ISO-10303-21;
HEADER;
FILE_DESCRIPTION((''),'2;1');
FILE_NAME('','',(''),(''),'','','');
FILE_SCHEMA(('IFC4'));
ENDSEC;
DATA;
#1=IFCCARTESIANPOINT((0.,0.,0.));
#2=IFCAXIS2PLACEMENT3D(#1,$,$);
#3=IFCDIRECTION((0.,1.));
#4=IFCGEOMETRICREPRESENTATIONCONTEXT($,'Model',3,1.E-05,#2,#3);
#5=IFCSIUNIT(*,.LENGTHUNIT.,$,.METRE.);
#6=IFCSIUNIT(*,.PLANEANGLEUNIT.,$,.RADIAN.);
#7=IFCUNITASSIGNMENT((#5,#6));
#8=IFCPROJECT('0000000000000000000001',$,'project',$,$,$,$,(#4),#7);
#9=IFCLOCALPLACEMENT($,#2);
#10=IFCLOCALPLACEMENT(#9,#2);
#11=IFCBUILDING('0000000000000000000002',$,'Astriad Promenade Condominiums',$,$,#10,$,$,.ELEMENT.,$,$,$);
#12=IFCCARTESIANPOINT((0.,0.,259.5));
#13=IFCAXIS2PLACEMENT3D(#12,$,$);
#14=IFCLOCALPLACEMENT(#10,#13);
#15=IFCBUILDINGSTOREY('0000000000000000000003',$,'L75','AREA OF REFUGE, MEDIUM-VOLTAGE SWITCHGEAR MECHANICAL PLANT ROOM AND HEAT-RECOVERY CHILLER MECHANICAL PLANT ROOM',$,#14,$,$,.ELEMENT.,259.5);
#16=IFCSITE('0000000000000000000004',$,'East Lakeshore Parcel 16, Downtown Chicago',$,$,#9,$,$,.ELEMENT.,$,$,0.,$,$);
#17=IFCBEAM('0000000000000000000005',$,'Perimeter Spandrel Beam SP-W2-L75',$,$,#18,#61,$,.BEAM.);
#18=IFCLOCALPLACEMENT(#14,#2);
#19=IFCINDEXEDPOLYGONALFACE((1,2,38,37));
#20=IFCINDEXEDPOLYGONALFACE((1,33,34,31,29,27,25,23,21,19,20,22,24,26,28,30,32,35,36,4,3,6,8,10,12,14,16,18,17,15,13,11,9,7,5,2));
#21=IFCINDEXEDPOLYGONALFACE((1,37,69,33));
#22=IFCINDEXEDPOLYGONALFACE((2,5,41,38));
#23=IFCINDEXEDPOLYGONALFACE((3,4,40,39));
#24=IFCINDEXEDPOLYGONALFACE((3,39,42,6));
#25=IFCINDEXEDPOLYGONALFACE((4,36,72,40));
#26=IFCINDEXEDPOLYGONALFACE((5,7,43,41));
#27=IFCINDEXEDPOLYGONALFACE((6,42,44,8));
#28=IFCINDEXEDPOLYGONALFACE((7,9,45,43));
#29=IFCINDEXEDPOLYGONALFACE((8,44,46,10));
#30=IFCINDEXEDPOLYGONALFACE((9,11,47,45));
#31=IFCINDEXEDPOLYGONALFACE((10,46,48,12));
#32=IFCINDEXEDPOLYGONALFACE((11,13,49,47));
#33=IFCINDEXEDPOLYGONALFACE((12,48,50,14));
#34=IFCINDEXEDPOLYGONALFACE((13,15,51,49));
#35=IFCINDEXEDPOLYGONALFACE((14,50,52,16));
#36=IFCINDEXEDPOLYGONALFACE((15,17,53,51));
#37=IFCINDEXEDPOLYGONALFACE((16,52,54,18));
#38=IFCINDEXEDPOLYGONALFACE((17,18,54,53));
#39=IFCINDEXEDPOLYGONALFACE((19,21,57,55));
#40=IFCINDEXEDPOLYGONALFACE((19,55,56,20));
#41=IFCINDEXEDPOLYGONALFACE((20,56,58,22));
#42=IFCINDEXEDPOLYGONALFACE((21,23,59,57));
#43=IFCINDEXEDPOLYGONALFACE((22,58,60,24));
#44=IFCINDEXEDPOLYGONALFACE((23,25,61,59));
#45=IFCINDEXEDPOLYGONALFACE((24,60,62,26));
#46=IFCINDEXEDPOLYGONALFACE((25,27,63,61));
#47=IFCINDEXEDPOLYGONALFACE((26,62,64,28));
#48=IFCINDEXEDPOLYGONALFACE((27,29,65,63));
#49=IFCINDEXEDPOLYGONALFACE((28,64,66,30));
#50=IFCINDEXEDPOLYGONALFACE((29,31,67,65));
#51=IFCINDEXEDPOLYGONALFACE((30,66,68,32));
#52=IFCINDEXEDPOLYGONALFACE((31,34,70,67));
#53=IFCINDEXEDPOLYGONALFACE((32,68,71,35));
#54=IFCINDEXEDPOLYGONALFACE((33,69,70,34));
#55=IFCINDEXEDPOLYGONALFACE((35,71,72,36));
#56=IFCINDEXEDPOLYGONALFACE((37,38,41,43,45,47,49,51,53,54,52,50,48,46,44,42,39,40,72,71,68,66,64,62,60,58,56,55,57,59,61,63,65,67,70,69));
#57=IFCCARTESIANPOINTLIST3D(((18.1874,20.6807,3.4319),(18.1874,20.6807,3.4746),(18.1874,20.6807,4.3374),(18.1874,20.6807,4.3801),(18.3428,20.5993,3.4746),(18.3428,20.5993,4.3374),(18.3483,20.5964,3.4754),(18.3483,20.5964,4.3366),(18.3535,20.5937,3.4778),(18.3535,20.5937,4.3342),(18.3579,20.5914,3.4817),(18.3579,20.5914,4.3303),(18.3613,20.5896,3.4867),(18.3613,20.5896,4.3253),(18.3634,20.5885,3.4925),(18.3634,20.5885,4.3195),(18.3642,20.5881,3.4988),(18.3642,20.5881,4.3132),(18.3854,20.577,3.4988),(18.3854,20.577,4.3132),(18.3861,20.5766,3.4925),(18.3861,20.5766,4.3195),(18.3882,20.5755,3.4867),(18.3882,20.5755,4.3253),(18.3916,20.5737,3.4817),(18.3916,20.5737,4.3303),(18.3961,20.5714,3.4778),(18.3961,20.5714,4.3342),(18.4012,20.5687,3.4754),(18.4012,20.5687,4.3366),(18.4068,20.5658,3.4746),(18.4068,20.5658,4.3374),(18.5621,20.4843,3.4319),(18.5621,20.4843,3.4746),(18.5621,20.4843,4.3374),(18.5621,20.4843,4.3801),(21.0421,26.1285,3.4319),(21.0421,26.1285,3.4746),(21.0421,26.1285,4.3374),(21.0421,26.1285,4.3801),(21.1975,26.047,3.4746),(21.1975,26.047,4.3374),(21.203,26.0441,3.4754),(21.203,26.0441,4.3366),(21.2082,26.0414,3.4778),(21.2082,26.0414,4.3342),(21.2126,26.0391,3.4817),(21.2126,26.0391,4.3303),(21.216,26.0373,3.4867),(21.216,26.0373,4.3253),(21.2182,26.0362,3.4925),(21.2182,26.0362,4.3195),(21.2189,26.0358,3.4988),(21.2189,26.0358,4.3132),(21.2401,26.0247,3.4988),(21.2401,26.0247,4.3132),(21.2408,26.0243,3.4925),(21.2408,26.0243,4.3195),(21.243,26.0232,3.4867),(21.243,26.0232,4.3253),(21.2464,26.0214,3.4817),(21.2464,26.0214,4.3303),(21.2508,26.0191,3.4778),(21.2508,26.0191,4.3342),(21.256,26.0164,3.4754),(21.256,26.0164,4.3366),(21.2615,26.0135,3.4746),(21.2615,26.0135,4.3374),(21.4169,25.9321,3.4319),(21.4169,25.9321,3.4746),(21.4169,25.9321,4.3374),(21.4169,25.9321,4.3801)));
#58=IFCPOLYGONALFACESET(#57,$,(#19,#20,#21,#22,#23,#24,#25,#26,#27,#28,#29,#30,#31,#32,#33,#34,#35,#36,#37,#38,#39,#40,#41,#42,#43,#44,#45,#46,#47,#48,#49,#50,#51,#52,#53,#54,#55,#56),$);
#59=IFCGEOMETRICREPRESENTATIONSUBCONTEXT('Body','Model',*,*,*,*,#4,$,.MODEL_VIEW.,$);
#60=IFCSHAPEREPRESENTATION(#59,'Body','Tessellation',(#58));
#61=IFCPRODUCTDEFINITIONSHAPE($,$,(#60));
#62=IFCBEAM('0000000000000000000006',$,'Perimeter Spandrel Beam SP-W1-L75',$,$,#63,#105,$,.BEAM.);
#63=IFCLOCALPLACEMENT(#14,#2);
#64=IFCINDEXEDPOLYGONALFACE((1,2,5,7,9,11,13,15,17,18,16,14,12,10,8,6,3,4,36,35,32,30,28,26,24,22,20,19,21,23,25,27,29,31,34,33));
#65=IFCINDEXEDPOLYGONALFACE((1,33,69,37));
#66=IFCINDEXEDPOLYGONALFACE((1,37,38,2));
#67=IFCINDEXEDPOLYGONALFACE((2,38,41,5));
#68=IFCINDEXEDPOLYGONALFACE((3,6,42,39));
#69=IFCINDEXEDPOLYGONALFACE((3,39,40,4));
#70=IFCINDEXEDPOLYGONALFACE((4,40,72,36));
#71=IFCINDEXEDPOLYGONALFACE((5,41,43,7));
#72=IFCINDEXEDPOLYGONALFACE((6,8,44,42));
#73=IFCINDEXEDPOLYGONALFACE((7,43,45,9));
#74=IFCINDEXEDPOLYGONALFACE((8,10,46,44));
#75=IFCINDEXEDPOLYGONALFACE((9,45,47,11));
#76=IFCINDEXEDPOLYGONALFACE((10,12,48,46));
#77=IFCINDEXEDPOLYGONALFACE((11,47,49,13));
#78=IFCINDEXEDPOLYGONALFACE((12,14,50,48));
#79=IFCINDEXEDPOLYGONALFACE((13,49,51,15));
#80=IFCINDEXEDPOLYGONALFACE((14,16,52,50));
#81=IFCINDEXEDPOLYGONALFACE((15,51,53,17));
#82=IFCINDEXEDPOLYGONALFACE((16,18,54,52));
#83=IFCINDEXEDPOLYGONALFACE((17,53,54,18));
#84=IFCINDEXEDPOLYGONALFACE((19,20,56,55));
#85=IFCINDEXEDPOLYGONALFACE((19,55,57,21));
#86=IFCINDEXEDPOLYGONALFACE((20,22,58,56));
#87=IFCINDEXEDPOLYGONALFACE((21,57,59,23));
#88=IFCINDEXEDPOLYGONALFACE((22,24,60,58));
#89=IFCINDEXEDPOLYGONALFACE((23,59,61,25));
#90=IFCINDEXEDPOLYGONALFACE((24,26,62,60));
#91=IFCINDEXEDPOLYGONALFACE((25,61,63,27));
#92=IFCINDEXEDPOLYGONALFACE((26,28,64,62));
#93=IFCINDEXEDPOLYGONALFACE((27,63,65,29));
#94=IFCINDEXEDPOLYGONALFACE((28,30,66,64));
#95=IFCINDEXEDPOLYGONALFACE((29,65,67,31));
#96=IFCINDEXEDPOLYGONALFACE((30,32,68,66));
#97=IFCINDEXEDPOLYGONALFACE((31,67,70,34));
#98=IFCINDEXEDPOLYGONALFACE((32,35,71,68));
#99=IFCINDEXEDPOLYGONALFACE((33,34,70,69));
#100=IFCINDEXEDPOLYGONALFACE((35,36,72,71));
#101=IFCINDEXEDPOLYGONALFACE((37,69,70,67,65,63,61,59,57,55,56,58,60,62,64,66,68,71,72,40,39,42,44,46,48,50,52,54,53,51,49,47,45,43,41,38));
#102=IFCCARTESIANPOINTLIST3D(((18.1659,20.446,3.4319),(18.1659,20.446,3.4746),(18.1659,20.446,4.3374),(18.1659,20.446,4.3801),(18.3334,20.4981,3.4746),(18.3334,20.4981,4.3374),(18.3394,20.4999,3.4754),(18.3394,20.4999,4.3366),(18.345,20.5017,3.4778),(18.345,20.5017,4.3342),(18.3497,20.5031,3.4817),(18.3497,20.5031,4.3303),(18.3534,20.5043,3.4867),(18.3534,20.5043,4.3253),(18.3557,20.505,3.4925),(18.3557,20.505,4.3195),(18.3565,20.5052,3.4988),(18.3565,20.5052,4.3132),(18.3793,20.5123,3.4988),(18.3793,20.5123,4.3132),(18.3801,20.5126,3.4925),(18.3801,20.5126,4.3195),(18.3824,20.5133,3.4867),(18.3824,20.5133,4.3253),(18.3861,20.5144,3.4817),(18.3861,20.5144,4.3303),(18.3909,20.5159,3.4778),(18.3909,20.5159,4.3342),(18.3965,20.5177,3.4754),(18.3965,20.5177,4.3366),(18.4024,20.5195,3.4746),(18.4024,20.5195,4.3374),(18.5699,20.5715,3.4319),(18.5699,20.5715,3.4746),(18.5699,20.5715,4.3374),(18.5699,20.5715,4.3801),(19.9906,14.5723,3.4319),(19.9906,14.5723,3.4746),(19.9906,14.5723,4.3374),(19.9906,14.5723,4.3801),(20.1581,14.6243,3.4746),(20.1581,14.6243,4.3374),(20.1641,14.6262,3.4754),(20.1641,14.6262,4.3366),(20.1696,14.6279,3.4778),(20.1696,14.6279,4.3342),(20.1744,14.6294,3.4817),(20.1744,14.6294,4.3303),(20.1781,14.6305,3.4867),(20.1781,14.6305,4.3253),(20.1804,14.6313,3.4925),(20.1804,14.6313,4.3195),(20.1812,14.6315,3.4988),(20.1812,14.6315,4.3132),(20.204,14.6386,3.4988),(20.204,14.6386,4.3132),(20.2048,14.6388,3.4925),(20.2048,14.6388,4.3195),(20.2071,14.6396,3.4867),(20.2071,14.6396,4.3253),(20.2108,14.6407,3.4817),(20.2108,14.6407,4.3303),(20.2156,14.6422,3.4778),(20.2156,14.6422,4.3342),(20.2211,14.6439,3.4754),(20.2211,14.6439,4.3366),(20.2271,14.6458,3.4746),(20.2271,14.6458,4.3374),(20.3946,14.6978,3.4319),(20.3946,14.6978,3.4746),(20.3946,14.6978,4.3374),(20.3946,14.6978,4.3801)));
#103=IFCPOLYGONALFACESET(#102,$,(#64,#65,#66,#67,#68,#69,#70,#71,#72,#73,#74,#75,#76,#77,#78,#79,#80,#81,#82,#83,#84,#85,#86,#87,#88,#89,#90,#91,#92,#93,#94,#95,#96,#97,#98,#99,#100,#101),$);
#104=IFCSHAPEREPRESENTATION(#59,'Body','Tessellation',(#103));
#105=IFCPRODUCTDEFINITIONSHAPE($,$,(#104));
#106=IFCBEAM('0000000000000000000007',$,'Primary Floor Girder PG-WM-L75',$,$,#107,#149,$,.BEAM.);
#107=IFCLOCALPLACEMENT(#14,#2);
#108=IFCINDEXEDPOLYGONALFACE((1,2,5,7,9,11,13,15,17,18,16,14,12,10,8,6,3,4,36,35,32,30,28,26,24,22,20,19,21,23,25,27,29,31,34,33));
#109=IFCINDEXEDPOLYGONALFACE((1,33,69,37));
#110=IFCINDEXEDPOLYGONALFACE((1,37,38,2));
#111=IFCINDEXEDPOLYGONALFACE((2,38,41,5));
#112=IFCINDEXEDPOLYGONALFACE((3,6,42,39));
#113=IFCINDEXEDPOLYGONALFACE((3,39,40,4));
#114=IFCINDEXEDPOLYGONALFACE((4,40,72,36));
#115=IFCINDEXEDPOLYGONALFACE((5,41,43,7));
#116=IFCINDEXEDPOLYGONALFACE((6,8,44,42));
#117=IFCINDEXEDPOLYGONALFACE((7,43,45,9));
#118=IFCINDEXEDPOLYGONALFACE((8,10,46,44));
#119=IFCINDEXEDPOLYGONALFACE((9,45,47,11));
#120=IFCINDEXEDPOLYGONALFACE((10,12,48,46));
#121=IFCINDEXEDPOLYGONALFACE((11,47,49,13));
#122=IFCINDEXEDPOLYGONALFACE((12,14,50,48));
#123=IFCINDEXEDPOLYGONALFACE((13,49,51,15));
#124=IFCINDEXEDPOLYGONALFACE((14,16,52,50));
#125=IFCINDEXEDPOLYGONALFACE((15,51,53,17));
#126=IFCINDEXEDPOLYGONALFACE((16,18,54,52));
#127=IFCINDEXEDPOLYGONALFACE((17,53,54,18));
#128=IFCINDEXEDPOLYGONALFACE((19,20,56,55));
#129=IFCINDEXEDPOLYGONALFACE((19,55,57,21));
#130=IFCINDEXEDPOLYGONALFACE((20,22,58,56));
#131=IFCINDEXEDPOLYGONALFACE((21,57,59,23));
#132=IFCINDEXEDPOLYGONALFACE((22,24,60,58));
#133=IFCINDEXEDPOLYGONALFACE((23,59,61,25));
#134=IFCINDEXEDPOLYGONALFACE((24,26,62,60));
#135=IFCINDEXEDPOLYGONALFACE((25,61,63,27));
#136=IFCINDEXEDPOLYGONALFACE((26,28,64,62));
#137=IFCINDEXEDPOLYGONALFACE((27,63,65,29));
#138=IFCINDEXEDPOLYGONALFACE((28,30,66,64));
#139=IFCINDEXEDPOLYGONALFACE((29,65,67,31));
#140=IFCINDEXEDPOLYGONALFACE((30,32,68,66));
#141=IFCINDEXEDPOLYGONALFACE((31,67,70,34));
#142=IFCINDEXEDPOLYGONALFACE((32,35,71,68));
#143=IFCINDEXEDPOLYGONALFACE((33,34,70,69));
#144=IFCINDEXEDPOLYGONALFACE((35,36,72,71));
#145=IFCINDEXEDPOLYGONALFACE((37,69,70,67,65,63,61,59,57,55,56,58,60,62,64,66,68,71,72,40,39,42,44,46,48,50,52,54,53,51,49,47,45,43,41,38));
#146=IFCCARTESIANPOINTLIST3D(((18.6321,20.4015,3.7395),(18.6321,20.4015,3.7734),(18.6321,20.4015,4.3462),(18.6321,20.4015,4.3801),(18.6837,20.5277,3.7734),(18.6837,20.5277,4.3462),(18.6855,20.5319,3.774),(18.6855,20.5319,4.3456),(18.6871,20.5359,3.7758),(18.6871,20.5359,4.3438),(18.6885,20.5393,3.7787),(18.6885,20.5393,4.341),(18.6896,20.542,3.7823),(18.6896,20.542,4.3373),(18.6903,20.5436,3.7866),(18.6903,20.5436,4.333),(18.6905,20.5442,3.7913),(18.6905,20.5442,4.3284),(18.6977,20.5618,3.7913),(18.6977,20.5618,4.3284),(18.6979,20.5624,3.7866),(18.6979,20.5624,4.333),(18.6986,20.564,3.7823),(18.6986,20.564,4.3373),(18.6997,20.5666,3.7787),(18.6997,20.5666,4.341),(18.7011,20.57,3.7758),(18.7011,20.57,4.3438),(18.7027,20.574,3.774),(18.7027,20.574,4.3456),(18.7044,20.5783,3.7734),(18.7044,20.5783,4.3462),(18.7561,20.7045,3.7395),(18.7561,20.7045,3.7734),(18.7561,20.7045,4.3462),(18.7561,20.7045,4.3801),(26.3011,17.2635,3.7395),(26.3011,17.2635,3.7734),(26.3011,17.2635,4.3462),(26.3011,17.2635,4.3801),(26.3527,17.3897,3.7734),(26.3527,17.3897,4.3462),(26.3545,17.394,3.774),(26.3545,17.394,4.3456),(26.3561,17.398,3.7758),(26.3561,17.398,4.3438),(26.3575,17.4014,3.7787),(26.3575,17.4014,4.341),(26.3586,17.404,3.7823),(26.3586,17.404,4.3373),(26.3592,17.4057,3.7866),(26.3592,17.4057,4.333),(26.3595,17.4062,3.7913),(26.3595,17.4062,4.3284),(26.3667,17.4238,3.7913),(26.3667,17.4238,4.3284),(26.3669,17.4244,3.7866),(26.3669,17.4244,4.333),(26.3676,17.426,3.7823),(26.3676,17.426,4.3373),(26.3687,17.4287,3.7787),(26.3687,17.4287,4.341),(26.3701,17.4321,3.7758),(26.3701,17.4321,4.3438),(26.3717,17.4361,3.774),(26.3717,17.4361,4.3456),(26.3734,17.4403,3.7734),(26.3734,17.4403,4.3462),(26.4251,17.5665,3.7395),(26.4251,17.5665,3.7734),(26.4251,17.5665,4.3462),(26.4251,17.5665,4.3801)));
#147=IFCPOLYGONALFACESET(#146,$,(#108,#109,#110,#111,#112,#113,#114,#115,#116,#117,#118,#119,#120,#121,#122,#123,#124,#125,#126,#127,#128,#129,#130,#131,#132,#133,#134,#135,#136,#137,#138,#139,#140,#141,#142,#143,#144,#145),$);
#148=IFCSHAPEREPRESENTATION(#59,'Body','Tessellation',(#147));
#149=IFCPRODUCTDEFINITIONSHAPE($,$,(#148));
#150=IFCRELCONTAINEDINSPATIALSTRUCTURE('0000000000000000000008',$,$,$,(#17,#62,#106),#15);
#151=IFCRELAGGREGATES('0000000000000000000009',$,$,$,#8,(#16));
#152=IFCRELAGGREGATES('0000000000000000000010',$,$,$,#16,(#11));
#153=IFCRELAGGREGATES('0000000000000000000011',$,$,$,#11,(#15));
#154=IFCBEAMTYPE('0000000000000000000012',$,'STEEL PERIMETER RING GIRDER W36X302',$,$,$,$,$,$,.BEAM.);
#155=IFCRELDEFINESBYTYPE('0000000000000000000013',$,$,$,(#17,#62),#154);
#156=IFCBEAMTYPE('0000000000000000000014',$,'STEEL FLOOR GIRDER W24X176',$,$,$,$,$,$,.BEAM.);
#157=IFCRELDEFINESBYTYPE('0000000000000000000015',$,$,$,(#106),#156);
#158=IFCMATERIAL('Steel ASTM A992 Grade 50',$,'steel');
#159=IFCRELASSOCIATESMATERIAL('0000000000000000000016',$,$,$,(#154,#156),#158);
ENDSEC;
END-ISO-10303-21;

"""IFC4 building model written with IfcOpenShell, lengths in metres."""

from ifc_helpers import new_model, si_unit, direction, frame, origin, origin_2d, place, context, subcontext, project, spatial, i_section, extrude, source, transform, mapped, material, material_profile, profile_set, type_object, type_shapes, element, save


model = new_model("IFC4")

# Units and contexts
model_context = context("Model", 3, precision=1e-05, world=origin(), true_north=direction((0.0, 1.0)))
body_context = subcontext(model_context, "Body", "Model", "MODEL_VIEW")
ifc_project = project(units=[si_unit("LENGTHUNIT", "METRE"), si_unit("PLANEANGLEUNIT", "RADIAN")], contexts=[model_context])

# Site, building, storey
site_placement = place(None, origin())
site = spatial("IfcSite", under=ifc_project, at=site_placement, Name="East Lakeshore Parcel 16, Downtown Chicago", CompositionType="ELEMENT", RefElevation=0.0)
building_placement = place(site_placement, origin())
building = spatial("IfcBuilding", under=site, at=building_placement, Name="Astriad Promenade Condominiums", CompositionType="ELEMENT")
storey_placement = place(building_placement, frame((0.0, 0.0, 259.5)))
storey = spatial("IfcBuildingStorey", under=building, at=storey_placement, Name="L75", Description="AREA OF REFUGE, MEDIUM-VOLTAGE SWITCHGEAR MECHANICAL PLANT ROOM AND HEAT-RECOVERY CHILLER MECHANICAL PLANT ROOM", CompositionType="ELEMENT", Elevation=259.5)

# Shared definitions
ifc_material_1 = material(Name="Steel ASTM A992 Grade 50", Category="steel")

# Beams
ifc_material_profile_1 = material_profile(ifc_material_1, i_section(OverallWidth=0.4231, OverallDepth=0.9482, WebThickness=0.0239, FlangeThickness=0.0427, FilletRadius=0.0242, at=origin_2d()), Name="W36X302")
ifc_profile_set_1 = profile_set([ifc_material_profile_1], Name="Steel ASTM A992 Grade 50")
beam_type_1 = type_object("IfcBeamType", Name="STEEL PERIMETER RING GIRDER W36X302", PredefinedType="BEAM", material=ifc_profile_set_1)
shared_shape_1 = source(origin(), body_context, "Body", "SweptSolid", [
    extrude(i_section(OverallWidth=0.4231, OverallDepth=0.9482, WebThickness=0.0239, FlangeThickness=0.0427, FilletRadius=0.0242, at=origin_2d()), origin(), (0.0, 0.0, 1.0), 6.1504),
])
beam_1_placement = place(storey_placement, frame((21.2295, 26.0303, 3.906), z_axis=(-0.464154, -0.885755, 0.0), x_axis=(0.885755, -0.464154, 0.0)))
element("IfcBeam", 1, at=beam_1_placement, inside=storey, type_object=beam_type_1, Name="Perimeter Spandrel Beam SP-W2-L75", PredefinedType="BEAM", context=body_context, shape_type="MappedRepresentation", body=[
    mapped(shared_shape_1, transform((0.0, 0.0, 0.0), scale=1.0)),
])
shared_shape_2 = source(origin(), body_context, "Body", "SweptSolid", [
    extrude(i_section(OverallWidth=0.4231, OverallDepth=0.9482, WebThickness=0.0239, FlangeThickness=0.0427, FilletRadius=0.0242, at=origin_2d()), origin(), (0.0, 0.0, 1.0), 6.1506),
])
type_shapes(beam_type_1, [shared_shape_1, shared_shape_2])
beam_2_placement = place(storey_placement, frame((18.3679, 20.5088, 3.906), z_axis=(0.296668, -0.954981, 0.0), x_axis=(0.954981, 0.296668, 0.0)))
element("IfcBeam", 2, at=beam_2_placement, inside=storey, type_object=beam_type_1, Name="Perimeter Spandrel Beam SP-W1-L75", PredefinedType="BEAM", context=body_context, shape_type="MappedRepresentation", body=[
    mapped(shared_shape_2, transform((0.0, 0.0, 0.0), scale=1.0)),
])
ifc_material_profile_2 = material_profile(ifc_material_1, i_section(OverallWidth=0.3274, OverallDepth=0.6406, WebThickness=0.019, FlangeThickness=0.0339, FilletRadius=0.0178, at=origin_2d()), Name="W24X176")
ifc_profile_set_2 = profile_set([ifc_material_profile_2], Name="Steel ASTM A992 Grade 50")
beam_type_2 = type_object("IfcBeamType", Name="STEEL FLOOR GIRDER W24X176", PredefinedType="BEAM", material=ifc_profile_set_2)
shared_shape_3 = source(origin(), body_context, "Body", "SweptSolid", [
    extrude(i_section(OverallWidth=0.3274, OverallDepth=0.6406, WebThickness=0.019, FlangeThickness=0.0339, FilletRadius=0.0178, at=origin_2d()), origin(), (0.0, 0.0, 1.0), 8.2861),
])
type_shapes(beam_type_2, [shared_shape_3])
beam_3_placement = place(storey_placement, frame((18.6941, 20.553, 4.0598), z_axis=(0.92552, -0.378699, 0.0), x_axis=(0.378699, 0.92552, 0.0)))
element("IfcBeam", 3, at=beam_3_placement, inside=storey, type_object=beam_type_2, Name="Primary Floor Girder PG-WM-L75", PredefinedType="BEAM", context=body_context, shape_type="MappedRepresentation", body=[
    mapped(shared_shape_3, transform((0.0, 0.0, 0.0), scale=1.0)),
])

save(model, "model.ifc")
